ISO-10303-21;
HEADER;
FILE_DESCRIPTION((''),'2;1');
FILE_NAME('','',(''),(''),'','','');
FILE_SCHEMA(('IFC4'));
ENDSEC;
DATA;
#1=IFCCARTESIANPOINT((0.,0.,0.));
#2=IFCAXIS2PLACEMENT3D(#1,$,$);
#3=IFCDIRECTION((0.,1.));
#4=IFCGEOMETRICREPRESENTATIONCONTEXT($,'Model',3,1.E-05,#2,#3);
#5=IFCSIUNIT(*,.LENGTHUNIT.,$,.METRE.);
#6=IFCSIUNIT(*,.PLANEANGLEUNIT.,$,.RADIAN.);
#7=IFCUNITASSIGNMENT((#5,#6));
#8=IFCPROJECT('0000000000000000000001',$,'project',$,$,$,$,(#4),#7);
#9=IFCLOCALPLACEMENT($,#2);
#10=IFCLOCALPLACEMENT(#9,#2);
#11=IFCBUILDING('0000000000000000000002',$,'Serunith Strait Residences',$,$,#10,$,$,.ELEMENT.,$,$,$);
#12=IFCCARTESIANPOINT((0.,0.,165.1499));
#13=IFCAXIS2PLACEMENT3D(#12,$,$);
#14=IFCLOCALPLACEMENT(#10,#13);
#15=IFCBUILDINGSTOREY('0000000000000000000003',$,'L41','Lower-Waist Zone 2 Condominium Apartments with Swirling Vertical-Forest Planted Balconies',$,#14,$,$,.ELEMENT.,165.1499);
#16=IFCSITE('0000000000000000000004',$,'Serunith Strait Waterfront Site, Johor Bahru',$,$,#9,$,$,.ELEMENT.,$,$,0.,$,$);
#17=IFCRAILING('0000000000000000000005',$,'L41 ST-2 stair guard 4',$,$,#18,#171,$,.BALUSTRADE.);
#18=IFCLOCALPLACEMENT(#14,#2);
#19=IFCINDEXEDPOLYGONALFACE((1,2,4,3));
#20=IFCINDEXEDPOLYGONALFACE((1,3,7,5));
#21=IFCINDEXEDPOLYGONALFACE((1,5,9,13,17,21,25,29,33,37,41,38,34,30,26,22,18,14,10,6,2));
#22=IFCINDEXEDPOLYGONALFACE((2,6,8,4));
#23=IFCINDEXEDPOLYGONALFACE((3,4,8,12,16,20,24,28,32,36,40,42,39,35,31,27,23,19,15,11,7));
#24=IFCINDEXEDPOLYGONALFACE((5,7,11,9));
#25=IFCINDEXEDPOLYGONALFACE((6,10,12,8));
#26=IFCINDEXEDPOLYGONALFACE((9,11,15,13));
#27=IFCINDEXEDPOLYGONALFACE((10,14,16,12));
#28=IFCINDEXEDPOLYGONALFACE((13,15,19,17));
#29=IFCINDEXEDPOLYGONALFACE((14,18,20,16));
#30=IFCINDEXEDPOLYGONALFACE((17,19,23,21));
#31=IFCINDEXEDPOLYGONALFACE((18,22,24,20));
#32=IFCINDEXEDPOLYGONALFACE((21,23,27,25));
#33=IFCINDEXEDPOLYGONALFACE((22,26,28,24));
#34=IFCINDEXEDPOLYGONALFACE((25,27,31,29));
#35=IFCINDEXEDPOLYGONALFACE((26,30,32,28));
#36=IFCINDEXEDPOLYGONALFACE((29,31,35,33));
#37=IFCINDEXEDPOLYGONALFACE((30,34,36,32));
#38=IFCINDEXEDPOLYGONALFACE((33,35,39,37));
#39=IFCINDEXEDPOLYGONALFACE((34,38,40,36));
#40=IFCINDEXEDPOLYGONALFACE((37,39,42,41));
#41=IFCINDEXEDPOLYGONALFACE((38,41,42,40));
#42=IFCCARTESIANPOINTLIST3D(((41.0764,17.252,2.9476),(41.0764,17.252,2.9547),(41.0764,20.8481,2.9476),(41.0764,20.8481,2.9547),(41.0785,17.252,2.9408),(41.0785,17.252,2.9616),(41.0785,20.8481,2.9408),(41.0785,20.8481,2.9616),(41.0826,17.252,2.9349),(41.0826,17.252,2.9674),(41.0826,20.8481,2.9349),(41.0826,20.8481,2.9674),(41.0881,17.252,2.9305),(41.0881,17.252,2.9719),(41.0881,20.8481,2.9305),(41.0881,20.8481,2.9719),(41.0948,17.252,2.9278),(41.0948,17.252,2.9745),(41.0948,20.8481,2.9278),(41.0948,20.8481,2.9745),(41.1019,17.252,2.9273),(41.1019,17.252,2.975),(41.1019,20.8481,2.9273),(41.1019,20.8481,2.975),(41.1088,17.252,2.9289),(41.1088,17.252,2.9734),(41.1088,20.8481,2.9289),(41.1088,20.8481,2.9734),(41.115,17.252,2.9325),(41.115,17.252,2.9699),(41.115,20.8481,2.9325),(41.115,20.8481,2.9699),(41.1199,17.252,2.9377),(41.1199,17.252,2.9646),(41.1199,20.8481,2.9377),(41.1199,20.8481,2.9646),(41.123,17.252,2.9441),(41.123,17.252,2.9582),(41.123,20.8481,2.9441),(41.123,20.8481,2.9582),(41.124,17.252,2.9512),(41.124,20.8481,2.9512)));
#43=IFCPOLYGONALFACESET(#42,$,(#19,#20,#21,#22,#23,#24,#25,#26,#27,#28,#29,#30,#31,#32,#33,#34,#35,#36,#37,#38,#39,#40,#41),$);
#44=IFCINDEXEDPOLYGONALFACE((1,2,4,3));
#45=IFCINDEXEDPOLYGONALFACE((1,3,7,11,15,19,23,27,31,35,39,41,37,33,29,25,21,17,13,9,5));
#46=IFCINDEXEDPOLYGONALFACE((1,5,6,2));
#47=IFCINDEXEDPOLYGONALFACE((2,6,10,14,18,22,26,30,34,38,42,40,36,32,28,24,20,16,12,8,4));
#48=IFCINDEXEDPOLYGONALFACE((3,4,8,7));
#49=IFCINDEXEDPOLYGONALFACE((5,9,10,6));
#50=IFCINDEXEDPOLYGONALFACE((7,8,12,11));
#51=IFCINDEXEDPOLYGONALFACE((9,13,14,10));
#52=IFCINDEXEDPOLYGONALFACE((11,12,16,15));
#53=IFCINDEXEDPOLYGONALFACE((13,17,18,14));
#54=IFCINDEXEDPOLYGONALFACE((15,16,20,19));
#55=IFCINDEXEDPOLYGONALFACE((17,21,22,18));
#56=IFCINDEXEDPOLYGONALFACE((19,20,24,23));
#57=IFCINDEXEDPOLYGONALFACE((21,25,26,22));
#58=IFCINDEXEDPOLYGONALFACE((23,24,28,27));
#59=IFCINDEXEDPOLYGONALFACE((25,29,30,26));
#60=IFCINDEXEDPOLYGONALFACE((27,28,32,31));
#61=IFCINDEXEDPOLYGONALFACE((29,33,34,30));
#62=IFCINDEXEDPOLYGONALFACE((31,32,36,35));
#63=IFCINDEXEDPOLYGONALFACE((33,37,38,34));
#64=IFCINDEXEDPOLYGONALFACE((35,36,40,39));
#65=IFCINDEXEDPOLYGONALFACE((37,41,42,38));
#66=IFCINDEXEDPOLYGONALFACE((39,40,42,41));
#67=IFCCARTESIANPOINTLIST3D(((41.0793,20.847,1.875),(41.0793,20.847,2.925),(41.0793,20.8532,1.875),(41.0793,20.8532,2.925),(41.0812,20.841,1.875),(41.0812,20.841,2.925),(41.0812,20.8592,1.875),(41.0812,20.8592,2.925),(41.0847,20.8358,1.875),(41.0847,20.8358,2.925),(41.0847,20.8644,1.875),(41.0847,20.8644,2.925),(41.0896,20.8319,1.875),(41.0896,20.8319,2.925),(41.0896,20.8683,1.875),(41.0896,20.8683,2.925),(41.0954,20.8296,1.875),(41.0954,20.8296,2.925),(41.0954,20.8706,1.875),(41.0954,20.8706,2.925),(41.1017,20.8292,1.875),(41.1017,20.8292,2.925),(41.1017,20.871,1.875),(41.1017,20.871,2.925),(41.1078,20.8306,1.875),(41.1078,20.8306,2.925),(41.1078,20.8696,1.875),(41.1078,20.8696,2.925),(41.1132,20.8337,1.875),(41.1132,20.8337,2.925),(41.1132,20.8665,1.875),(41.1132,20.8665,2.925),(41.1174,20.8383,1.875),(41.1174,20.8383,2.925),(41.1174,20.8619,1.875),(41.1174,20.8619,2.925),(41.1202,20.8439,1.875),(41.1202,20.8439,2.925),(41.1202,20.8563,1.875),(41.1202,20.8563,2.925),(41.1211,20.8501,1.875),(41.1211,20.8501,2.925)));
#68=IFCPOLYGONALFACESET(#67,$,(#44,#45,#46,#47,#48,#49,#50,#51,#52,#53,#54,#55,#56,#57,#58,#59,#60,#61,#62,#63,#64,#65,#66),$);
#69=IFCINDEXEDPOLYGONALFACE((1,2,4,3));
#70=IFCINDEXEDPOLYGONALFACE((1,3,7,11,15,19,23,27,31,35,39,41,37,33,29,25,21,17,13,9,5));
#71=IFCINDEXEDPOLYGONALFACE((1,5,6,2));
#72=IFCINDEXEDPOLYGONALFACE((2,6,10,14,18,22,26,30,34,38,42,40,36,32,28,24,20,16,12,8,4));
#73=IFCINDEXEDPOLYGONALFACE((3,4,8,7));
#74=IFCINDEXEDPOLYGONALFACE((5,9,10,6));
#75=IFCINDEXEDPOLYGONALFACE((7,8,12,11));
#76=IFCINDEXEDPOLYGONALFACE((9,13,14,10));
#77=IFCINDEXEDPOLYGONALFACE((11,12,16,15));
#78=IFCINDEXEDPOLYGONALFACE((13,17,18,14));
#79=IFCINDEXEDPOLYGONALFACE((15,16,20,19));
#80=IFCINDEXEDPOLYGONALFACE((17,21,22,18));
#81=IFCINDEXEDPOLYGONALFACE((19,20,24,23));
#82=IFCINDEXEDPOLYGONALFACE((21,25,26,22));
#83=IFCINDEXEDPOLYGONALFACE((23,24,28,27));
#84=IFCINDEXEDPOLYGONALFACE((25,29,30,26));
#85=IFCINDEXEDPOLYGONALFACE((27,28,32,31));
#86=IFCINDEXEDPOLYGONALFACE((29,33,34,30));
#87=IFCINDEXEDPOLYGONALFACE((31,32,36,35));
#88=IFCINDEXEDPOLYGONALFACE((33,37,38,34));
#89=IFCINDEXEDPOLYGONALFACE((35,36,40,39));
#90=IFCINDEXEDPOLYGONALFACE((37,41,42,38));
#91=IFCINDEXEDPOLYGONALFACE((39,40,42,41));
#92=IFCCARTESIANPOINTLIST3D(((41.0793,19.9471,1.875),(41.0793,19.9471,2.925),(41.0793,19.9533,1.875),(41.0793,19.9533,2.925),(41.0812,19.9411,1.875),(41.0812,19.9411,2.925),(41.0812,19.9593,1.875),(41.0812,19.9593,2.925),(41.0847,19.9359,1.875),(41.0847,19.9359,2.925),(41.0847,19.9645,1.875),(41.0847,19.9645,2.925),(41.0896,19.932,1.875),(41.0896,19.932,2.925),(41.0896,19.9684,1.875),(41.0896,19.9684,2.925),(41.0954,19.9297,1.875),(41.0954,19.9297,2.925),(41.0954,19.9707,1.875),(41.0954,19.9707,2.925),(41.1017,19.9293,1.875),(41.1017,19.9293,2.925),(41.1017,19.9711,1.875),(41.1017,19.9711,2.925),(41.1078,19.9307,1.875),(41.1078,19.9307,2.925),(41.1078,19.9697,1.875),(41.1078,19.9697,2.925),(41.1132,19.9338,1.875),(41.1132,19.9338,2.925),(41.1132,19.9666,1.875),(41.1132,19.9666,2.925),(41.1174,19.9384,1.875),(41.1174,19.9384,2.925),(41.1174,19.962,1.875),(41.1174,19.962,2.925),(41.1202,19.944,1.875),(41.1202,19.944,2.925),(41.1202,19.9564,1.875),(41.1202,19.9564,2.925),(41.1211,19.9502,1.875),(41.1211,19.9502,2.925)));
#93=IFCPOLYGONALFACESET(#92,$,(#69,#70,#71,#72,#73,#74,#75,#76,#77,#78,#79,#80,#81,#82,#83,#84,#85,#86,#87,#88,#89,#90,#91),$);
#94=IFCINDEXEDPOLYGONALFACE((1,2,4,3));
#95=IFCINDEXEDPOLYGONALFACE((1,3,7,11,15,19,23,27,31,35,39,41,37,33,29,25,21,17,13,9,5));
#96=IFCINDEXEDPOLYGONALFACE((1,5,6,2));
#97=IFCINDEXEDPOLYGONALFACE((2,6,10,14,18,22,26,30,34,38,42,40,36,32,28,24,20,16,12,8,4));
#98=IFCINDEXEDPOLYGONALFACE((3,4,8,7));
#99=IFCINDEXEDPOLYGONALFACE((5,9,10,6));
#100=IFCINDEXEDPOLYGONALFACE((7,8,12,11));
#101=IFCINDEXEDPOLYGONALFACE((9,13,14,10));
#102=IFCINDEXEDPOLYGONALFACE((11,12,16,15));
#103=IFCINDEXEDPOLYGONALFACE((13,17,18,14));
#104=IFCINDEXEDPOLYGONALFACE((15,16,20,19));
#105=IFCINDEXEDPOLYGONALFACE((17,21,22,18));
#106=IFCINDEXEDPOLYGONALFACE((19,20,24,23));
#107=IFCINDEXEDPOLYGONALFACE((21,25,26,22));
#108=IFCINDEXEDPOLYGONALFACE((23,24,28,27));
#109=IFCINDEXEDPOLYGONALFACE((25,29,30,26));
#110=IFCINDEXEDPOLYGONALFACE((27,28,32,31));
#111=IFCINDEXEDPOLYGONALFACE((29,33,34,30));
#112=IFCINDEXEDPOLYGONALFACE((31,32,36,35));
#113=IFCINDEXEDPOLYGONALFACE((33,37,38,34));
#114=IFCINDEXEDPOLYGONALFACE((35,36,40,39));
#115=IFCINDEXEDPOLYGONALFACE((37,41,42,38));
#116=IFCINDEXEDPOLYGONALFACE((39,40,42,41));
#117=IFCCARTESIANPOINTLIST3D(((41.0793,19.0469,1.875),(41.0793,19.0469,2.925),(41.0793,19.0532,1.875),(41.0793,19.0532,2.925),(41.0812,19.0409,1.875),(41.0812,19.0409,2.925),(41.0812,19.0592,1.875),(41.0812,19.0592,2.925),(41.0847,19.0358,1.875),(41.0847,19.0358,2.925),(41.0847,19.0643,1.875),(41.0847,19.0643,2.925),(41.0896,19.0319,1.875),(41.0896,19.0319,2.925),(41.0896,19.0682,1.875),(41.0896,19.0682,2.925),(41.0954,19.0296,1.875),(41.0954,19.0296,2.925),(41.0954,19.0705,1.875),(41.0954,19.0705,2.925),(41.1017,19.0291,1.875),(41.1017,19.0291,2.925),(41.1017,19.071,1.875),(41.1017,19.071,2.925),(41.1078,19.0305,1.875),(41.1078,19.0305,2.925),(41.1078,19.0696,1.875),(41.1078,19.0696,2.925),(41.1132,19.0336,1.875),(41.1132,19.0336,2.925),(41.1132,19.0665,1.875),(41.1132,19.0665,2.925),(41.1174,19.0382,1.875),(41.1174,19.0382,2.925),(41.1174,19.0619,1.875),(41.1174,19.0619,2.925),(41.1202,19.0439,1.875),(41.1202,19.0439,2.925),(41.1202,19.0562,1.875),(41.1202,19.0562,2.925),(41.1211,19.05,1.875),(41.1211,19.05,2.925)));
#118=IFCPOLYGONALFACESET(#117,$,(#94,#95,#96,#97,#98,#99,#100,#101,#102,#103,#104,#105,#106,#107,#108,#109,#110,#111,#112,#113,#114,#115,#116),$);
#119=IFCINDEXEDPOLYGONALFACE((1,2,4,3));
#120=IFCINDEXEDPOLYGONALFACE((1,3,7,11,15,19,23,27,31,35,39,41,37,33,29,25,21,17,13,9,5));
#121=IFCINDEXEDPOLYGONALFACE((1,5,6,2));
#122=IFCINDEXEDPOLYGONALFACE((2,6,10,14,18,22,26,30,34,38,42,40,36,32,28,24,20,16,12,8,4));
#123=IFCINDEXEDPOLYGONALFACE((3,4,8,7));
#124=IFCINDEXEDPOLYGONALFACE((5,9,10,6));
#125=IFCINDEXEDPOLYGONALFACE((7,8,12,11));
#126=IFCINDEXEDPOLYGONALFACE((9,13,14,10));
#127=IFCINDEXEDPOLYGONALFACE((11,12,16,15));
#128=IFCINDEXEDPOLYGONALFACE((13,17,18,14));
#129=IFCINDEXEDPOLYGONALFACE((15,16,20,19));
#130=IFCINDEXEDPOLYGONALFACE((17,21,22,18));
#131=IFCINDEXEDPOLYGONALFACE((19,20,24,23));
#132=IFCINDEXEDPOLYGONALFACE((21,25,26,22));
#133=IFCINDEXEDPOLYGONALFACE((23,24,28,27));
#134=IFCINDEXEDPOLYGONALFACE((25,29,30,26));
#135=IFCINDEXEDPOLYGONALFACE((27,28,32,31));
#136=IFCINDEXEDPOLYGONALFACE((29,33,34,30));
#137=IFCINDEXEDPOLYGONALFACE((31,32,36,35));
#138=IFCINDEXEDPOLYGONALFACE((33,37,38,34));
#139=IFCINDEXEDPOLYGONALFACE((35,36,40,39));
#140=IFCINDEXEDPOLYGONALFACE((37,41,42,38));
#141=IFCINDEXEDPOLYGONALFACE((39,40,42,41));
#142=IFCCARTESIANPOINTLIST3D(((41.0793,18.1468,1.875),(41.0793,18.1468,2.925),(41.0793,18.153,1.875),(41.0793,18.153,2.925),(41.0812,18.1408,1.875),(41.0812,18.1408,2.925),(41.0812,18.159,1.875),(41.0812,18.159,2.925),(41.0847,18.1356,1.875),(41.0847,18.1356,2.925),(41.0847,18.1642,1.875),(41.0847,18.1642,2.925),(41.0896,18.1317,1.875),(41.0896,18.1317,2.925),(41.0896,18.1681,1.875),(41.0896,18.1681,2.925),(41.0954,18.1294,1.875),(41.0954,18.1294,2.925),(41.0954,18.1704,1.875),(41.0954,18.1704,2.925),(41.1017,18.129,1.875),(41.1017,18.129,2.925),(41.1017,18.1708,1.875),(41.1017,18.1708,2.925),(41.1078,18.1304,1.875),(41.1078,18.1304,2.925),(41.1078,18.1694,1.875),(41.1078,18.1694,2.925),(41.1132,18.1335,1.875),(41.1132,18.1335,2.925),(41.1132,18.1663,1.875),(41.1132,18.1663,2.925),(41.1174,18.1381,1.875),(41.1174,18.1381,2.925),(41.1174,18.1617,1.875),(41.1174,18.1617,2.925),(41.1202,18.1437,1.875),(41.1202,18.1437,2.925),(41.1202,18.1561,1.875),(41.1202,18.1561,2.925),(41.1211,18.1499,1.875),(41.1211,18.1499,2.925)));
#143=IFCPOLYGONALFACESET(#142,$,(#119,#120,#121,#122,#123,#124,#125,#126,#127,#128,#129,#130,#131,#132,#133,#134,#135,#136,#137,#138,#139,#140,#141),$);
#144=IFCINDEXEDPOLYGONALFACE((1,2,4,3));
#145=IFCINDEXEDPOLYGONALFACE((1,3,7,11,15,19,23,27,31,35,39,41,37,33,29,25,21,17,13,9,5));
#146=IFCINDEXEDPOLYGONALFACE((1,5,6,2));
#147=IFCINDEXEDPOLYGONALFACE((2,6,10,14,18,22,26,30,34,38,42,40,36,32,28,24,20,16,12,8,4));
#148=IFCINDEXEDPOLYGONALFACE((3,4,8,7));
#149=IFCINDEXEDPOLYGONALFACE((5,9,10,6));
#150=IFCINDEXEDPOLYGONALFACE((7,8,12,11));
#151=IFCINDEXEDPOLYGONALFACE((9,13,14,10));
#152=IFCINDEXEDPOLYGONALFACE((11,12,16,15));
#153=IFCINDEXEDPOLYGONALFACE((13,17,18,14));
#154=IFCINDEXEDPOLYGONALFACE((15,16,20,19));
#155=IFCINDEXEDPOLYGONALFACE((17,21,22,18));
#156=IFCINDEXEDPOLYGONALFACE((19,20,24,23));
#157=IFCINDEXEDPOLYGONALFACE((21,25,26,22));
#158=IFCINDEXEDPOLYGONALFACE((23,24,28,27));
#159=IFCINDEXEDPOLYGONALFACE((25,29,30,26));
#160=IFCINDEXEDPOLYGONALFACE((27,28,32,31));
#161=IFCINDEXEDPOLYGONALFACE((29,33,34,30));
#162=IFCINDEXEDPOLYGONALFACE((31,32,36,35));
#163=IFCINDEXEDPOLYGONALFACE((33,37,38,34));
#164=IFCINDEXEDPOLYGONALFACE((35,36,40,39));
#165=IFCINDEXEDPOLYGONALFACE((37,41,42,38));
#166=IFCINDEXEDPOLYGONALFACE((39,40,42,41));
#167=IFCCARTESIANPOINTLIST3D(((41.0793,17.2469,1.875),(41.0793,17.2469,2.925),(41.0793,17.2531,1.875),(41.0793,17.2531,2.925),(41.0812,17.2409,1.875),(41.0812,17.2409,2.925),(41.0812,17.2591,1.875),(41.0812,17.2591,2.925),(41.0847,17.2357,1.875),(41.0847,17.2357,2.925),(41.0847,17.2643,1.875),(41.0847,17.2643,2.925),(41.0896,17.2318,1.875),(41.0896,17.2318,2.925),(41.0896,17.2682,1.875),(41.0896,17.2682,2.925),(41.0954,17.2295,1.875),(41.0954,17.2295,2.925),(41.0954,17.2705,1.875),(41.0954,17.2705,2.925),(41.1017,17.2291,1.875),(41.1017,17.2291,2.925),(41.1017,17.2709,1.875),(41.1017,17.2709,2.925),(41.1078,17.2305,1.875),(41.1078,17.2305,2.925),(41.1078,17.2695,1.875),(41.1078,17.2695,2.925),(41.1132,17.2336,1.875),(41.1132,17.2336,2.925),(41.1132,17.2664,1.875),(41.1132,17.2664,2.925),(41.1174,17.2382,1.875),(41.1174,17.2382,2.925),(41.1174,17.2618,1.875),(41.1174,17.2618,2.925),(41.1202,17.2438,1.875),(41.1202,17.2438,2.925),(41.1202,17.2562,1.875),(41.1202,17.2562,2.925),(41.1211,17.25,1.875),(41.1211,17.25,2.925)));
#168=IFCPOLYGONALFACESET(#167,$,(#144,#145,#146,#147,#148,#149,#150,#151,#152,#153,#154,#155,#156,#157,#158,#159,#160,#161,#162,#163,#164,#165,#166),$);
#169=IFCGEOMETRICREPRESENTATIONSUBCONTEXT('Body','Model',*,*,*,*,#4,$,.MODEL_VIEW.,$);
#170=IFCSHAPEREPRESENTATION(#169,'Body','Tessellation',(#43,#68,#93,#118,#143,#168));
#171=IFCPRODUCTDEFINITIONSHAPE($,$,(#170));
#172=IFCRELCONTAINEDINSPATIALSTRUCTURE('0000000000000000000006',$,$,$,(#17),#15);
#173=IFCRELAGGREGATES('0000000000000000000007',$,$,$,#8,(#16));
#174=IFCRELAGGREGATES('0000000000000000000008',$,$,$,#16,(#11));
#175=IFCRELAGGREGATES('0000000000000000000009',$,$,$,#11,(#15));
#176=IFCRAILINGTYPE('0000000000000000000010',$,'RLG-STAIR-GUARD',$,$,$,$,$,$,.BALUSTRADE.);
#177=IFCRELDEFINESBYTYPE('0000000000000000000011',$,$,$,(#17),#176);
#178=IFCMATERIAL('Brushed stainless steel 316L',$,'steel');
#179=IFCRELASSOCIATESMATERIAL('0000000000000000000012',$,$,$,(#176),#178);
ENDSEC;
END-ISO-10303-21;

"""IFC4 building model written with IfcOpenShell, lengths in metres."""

from ifc_helpers import new_model, si_unit, direction, frame, origin, origin_2d, place, context, subcontext, project, spatial, circle, extrude, material, type_object, element, save


model = new_model("IFC4")

# Units and contexts
model_context = context("Model", 3, precision=1e-05, world=origin(), true_north=direction((0.0, 1.0)))
body_context = subcontext(model_context, "Body", "Model", "MODEL_VIEW")
ifc_project = project(units=[si_unit("LENGTHUNIT", "METRE"), si_unit("PLANEANGLEUNIT", "RADIAN")], contexts=[model_context])

# Site, building, storey
site_placement = place(None, origin())
site = spatial("IfcSite", under=ifc_project, at=site_placement, Name="Serunith Strait Waterfront Site, Johor Bahru", CompositionType="ELEMENT", RefElevation=0.0)
building_placement = place(site_placement, origin())
building = spatial("IfcBuilding", under=site, at=building_placement, Name="Serunith Strait Residences", CompositionType="ELEMENT")
storey_placement = place(building_placement, frame((0.0, 0.0, 165.1499)))
storey = spatial("IfcBuildingStorey", under=building, at=storey_placement, Name="L41", Description="Lower-Waist Zone 2 Condominium Apartments with Swirling Vertical-Forest Planted Balconies", CompositionType="ELEMENT", Elevation=165.1499)

# Railing
ifc_material_1 = material(Name="Brushed stainless steel 316L", Category="steel")
railing_type_1 = type_object("IfcRailingType", Name="RLG-STAIR-GUARD", PredefinedType="BALUSTRADE", material=ifc_material_1)
for number, where, name in (
    (1, (41.1001, 20.8501, 1.875), "L41 ST-2 stair guard 4"),
):
    element("IfcRailing", number, at=place(storey_placement, frame(where)), inside=storey, type_object=railing_type_1, Name=name, PredefinedType="BALUSTRADE", context=body_context, shape_type="SweptSolid", body=[
        extrude(circle(Radius=0.0239, at=origin_2d()), frame((0.0, -0.002, 1.0762), z_axis=(0.0, -1.0, 0.0), x_axis=(1.0, 0.0, 0.0)), (0.0, 0.0, 1.0), 3.5962),
        extrude(circle(Radius=0.021, at=origin_2d()), origin(), (0.0, 0.0, 1.0), 1.05),
        extrude(circle(Radius=0.021, at=origin_2d()), frame((0.0, -0.8999, 0.0)), (0.0, 0.0, 1.0), 1.05),
        extrude(circle(Radius=0.021, at=origin_2d()), frame((0.0, -1.8, 0.0)), (0.0, 0.0, 1.0), 1.05),
        extrude(circle(Radius=0.021, at=origin_2d()), frame((0.0, -2.7002, 0.0)), (0.0, 0.0, 1.0), 1.05),
        extrude(circle(Radius=0.021, at=origin_2d()), frame((0.0, -3.6001, 0.0)), (0.0, 0.0, 1.0), 1.05),
    ])

save(model, "model.ifc")
